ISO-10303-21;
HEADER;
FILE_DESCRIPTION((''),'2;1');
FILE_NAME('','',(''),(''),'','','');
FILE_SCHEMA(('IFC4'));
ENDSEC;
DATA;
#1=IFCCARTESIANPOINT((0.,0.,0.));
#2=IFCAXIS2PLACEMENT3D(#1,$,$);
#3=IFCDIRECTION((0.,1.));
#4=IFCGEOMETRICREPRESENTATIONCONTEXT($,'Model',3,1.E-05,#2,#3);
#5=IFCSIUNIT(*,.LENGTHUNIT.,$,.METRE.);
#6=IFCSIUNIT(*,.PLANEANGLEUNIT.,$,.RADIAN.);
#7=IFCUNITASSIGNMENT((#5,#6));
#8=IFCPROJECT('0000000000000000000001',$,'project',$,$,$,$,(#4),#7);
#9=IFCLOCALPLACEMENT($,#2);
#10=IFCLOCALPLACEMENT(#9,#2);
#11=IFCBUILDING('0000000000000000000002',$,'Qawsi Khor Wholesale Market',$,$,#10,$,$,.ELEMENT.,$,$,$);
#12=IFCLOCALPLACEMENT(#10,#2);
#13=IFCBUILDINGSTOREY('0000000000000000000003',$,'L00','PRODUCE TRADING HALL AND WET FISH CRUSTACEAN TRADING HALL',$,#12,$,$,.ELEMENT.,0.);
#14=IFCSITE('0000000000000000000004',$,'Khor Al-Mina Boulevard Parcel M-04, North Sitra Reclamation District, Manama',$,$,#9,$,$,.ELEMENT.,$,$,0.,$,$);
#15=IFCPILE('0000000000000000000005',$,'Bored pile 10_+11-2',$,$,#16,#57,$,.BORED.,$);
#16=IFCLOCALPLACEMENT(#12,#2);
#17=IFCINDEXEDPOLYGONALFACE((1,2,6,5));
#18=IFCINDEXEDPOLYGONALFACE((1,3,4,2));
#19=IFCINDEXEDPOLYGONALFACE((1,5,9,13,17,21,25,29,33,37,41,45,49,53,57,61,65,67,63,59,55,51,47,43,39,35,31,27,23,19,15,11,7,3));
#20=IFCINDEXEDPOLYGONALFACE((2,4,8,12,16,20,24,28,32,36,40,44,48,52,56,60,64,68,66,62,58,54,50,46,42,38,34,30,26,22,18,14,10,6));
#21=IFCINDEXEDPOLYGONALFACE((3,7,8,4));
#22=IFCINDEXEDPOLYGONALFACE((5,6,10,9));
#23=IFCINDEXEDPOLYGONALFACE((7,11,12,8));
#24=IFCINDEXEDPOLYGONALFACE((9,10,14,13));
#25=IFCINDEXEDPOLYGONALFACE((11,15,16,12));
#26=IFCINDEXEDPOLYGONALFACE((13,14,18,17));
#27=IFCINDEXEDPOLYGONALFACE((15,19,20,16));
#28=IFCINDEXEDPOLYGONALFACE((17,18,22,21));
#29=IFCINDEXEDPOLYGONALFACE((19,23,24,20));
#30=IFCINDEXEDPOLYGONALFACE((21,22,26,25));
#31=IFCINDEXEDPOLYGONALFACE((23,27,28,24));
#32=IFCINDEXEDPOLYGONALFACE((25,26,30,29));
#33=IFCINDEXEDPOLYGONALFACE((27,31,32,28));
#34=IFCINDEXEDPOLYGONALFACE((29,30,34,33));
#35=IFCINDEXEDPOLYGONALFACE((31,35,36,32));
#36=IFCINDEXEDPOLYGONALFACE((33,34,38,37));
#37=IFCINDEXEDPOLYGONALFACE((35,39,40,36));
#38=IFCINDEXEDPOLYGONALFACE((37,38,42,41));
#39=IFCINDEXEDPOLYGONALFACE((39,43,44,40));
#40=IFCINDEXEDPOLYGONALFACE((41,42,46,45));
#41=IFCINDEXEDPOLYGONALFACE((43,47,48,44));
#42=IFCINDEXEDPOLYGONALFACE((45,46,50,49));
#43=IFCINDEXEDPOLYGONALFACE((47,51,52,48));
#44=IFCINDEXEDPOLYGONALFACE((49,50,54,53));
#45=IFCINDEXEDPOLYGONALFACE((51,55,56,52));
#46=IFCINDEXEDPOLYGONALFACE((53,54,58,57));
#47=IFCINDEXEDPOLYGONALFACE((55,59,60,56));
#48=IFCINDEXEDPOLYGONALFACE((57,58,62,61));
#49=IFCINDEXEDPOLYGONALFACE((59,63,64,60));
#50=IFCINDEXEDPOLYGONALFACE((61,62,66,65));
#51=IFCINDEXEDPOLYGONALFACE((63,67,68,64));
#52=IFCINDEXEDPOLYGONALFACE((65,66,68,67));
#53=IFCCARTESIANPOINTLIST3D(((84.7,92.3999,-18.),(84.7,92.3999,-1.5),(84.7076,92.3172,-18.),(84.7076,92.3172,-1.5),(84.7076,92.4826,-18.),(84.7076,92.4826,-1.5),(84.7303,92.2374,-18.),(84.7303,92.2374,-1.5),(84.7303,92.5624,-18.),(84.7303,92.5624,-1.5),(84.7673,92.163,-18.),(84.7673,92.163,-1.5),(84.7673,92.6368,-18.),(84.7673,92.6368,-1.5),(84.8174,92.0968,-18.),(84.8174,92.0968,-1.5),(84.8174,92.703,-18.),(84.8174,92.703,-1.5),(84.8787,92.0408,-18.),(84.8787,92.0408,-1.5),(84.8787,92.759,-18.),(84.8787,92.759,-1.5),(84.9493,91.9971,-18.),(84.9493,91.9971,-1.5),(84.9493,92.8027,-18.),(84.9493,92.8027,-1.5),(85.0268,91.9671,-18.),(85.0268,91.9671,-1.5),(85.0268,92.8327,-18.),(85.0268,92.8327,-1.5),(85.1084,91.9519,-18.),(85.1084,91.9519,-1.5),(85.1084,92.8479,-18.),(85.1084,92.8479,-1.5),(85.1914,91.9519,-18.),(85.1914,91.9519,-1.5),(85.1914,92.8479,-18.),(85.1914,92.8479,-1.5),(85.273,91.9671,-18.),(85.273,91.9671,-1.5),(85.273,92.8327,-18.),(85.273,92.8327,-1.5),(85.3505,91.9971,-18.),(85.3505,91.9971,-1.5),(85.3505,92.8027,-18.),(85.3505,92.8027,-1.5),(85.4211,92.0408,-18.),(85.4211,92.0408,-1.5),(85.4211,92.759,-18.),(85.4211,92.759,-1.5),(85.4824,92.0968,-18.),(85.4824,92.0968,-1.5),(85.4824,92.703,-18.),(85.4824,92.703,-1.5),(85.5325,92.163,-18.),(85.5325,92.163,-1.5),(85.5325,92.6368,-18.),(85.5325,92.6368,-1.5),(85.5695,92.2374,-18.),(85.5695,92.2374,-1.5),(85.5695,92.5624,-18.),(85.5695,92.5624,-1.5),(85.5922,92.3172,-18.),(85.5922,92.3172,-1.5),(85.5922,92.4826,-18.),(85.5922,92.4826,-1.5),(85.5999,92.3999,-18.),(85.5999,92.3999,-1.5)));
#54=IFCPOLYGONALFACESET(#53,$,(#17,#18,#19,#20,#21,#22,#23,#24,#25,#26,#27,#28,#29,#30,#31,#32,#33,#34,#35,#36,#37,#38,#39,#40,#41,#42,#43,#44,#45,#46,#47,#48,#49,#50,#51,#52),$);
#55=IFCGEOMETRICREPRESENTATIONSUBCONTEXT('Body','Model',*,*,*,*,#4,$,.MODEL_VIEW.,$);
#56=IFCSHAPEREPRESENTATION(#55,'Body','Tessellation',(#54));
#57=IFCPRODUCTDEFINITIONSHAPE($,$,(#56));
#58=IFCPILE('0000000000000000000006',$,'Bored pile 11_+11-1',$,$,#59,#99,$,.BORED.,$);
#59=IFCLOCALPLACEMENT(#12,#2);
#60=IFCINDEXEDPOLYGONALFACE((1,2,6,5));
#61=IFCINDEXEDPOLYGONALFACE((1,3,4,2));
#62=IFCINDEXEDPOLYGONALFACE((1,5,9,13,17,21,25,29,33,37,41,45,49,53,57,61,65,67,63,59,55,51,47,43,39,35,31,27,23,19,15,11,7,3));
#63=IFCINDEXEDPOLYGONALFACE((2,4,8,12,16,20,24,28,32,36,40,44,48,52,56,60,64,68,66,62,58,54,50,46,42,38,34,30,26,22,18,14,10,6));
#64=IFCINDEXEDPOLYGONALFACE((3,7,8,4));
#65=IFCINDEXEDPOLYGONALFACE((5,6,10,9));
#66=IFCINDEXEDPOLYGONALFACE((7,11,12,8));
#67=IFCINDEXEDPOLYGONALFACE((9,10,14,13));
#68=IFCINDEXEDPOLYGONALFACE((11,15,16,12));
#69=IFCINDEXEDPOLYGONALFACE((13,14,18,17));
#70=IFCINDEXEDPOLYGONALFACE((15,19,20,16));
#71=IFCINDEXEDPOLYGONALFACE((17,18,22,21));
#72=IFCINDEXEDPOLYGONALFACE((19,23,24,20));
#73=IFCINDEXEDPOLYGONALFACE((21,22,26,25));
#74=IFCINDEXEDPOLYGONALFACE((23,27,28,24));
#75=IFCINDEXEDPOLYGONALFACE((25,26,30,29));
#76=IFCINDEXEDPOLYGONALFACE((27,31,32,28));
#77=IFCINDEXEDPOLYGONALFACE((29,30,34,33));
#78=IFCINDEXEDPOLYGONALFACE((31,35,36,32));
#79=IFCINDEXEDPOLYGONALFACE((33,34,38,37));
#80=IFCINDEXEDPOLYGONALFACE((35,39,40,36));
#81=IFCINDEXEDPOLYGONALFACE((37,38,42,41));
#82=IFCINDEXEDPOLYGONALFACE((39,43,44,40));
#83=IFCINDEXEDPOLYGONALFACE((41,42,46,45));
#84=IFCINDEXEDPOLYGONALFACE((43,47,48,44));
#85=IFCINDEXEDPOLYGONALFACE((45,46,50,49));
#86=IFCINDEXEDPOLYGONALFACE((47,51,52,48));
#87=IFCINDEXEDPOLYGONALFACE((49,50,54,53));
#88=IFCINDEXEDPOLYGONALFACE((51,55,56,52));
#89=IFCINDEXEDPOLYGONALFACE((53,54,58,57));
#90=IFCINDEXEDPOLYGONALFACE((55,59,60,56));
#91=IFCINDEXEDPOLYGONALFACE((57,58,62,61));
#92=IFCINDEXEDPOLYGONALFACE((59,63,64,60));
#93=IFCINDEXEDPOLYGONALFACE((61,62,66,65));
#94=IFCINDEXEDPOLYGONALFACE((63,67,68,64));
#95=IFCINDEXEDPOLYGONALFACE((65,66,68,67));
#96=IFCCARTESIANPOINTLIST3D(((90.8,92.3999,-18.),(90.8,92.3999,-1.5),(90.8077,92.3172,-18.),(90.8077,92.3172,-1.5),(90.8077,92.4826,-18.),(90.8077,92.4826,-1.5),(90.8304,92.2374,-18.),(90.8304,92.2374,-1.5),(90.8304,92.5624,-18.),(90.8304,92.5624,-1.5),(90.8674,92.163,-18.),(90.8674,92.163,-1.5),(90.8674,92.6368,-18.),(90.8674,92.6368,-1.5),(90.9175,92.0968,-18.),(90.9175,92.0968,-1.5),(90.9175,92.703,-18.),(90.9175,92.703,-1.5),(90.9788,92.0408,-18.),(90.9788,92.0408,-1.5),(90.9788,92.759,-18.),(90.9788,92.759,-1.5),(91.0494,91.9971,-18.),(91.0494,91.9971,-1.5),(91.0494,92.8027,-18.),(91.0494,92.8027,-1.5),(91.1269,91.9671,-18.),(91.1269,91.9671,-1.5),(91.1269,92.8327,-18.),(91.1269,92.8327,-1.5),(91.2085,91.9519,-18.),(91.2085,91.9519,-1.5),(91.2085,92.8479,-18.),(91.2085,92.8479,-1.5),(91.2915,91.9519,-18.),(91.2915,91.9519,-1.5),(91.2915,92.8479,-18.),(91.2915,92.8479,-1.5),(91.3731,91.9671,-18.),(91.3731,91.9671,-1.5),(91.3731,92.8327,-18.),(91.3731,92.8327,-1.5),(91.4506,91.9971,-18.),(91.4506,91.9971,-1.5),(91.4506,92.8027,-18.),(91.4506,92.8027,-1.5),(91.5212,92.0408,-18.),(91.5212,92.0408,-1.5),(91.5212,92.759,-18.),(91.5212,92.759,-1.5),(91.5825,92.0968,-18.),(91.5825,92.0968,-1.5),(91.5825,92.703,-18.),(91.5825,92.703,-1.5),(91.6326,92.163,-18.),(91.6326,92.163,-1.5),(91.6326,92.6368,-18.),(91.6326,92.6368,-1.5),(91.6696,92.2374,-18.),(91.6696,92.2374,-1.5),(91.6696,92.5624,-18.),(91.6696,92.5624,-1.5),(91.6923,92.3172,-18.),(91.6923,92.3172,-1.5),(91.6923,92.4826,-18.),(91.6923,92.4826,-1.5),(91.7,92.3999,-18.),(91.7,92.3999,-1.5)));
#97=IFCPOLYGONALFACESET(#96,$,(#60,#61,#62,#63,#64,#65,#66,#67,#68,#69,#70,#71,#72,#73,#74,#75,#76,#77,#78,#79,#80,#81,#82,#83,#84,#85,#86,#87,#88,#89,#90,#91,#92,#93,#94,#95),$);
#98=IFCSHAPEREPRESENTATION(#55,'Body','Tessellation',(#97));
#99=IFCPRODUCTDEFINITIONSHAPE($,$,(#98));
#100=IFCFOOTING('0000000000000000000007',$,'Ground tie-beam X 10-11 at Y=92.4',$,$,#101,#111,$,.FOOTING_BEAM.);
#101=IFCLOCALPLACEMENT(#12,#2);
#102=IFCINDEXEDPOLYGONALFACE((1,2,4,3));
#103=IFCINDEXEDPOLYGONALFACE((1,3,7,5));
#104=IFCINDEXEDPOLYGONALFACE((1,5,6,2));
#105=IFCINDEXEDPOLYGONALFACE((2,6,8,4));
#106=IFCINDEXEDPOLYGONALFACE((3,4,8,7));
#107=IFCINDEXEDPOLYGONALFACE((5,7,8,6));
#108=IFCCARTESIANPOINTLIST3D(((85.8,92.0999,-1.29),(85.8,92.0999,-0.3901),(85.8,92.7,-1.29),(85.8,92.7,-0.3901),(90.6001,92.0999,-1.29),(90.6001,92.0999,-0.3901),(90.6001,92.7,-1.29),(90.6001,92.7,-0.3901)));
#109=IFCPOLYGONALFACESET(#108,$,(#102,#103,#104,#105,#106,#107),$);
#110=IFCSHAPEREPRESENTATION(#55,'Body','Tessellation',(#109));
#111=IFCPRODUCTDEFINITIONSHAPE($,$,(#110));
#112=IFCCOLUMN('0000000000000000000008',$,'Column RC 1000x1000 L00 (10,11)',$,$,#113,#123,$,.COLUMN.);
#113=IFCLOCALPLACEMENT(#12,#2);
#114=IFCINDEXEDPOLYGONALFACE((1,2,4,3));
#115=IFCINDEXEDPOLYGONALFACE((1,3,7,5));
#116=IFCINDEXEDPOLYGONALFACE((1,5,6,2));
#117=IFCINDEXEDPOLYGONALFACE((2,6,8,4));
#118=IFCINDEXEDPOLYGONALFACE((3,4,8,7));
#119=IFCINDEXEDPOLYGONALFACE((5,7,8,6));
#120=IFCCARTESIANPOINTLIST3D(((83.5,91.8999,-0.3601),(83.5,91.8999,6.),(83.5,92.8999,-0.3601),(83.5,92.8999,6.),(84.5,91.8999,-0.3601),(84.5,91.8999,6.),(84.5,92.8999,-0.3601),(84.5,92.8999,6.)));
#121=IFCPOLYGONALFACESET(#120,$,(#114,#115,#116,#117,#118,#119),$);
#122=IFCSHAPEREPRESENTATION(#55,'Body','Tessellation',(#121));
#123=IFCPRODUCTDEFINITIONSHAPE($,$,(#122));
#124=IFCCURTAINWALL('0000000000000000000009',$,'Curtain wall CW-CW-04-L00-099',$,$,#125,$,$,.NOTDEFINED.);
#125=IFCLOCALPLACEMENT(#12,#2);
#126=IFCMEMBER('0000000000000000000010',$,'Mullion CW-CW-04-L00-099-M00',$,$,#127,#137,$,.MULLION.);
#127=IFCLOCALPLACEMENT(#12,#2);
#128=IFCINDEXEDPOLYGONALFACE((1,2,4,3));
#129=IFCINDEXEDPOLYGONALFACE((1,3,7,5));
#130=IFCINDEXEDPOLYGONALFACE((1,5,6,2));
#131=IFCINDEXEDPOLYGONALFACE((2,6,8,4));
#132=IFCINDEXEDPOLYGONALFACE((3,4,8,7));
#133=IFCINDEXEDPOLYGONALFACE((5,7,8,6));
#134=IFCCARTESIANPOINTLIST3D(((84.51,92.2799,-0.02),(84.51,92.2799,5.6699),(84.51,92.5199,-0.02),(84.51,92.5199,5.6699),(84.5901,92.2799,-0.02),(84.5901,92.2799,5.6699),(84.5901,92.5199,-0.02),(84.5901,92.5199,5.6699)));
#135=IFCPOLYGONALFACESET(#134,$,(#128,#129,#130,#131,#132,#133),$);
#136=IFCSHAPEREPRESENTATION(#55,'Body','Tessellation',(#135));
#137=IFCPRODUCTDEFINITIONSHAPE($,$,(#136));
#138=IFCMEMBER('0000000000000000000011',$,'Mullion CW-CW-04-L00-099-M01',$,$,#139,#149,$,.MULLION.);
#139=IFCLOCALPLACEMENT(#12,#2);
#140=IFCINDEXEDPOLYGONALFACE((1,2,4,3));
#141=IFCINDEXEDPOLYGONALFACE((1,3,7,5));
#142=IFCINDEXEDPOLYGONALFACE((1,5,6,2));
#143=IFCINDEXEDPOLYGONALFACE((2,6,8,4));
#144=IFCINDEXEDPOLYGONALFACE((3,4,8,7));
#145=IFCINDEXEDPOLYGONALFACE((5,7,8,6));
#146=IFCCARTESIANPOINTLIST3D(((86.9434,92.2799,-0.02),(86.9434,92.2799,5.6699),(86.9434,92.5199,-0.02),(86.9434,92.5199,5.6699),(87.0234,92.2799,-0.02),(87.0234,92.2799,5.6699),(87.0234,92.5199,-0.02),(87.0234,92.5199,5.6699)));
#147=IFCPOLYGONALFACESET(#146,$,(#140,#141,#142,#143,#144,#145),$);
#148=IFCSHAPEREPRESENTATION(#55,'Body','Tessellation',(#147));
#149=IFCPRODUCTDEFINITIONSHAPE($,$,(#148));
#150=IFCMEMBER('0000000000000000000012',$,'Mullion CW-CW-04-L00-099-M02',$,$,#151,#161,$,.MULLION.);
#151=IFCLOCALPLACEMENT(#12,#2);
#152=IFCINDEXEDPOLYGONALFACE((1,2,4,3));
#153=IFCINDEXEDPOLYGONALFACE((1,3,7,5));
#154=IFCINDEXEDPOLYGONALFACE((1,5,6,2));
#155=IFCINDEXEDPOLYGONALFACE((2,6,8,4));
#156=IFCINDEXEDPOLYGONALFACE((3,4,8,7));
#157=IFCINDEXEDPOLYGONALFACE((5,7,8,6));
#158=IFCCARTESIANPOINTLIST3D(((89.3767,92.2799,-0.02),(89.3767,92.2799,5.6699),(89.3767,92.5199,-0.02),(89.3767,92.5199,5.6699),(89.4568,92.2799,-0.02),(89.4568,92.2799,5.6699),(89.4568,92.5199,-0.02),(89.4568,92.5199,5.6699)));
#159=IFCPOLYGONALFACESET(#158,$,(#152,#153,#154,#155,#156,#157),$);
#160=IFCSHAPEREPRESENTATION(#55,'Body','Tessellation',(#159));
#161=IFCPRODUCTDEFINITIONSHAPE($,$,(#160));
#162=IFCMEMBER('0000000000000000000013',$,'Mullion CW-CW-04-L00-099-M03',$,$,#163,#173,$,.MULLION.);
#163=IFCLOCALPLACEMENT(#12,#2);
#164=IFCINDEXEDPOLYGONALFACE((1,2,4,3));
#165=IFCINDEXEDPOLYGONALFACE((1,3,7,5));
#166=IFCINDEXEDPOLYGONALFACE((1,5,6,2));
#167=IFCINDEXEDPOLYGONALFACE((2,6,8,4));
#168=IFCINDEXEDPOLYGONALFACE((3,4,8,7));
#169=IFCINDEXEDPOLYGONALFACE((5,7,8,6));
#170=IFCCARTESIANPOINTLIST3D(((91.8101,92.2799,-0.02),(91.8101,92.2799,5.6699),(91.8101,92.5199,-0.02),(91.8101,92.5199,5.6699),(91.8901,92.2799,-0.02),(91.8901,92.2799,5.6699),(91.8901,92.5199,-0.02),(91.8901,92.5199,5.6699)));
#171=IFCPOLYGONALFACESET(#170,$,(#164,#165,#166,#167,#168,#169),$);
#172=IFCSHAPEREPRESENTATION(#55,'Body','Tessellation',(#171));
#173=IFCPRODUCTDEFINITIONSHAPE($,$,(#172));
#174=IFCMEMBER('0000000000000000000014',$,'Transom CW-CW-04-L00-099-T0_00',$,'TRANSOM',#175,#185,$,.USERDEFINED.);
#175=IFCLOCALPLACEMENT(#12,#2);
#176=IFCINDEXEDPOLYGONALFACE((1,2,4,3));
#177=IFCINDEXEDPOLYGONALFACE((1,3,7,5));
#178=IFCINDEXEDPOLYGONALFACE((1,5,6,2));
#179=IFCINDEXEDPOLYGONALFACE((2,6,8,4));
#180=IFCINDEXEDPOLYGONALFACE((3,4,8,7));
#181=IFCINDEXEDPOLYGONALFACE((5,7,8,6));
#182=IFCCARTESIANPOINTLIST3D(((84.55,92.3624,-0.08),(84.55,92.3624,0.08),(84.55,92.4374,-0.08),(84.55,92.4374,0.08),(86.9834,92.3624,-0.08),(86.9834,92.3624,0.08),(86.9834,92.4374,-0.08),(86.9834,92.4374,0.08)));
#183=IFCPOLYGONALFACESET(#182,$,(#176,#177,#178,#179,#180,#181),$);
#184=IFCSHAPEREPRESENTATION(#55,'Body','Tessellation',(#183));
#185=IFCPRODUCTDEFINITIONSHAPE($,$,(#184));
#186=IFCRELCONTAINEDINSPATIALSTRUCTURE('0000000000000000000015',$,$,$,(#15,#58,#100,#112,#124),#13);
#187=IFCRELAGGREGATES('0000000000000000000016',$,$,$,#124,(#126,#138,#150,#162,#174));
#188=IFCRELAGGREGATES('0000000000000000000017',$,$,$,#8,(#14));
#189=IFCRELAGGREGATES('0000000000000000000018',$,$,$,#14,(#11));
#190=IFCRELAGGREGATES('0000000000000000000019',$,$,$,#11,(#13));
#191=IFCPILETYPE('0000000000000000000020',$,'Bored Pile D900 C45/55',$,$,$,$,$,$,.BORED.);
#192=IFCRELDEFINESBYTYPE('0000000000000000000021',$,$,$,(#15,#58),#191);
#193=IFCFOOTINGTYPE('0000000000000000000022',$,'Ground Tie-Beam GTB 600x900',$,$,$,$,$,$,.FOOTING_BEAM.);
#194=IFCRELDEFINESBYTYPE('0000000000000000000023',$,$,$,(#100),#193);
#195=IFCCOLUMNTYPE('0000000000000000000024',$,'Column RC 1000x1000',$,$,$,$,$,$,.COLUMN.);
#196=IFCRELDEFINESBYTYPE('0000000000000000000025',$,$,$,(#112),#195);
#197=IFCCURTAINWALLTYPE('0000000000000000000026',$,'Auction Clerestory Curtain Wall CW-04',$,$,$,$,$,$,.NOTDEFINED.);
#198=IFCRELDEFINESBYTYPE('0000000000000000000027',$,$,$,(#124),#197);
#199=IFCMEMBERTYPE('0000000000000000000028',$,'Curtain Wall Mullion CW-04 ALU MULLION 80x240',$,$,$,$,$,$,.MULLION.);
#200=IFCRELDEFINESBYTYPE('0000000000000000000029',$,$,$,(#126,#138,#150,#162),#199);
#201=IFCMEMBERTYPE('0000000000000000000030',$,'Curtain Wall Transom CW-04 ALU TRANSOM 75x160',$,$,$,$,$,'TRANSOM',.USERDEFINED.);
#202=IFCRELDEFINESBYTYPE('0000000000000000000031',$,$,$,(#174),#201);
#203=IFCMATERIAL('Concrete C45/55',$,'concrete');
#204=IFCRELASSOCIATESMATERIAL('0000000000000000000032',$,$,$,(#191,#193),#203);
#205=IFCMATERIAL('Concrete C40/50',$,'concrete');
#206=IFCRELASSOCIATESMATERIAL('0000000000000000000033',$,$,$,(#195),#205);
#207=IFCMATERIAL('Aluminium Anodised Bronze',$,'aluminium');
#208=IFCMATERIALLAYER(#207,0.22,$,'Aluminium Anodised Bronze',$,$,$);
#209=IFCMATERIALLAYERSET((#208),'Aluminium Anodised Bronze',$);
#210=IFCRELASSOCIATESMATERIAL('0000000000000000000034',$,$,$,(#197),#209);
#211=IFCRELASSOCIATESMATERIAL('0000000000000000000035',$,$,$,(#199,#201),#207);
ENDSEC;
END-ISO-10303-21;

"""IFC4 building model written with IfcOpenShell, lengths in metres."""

from ifc_helpers import new_model, si_unit, direction, frame, origin, origin_2d, place, context, subcontext, project, spatial, rectangle, circle, extrude, material, layer, layer_set, material_profile, profile_set, type_object, element, aggregate, save


model = new_model("IFC4")

# Units and contexts
model_context = context("Model", 3, precision=1e-05, world=origin(), true_north=direction((0.0, 1.0)))
body_context = subcontext(model_context, "Body", "Model", "MODEL_VIEW")
ifc_project = project(units=[si_unit("LENGTHUNIT", "METRE"), si_unit("PLANEANGLEUNIT", "RADIAN")], contexts=[model_context])

# Site, building, storey
site_placement = place(None, origin())
site = spatial("IfcSite", under=ifc_project, at=site_placement, Name="Khor Al-Mina Boulevard Parcel M-04, North Sitra Reclamation District, Manama", CompositionType="ELEMENT", RefElevation=0.0)
building_placement = place(site_placement, origin())
building = spatial("IfcBuilding", under=site, at=building_placement, Name="Qawsi Khor Wholesale Market", CompositionType="ELEMENT")
storey_placement = place(building_placement, origin())
storey = spatial("IfcBuildingStorey", under=building, at=storey_placement, Name="L00", Description="PRODUCE TRADING HALL AND WET FISH CRUSTACEAN TRADING HALL", CompositionType="ELEMENT", Elevation=0.0)

# Piles
ifc_material_1 = material(Name="Concrete C45/55", Category="concrete")
ifc_material_profile_1 = material_profile(ifc_material_1, circle(Radius=0.45, at=origin_2d()), Name="PILE D900")
ifc_profile_set_1 = profile_set([ifc_material_profile_1], Name="Concrete C45/55")
pile_type = type_object("IfcPileType", Name="Bored Pile D900 C45/55", PredefinedType="BORED", material=ifc_profile_set_1)
for number, where, z_axis, x_axis, name in (
    (1, (85.1499, 92.3999, -1.5), (0.0, 0.0, -1.0), (1.0, 0.0, 0.0), "Bored pile 10_+11-2"),
    (2, (91.25, 92.3999, -1.5), (0.0, 0.0, -1.0), (1.0, 0.0, 0.0), "Bored pile 11_+11-1"),
):
    element("IfcPile", number, at=place(storey_placement, frame(where, z_axis=z_axis, x_axis=x_axis)), inside=storey, type_object=pile_type, Name=name, PredefinedType="BORED", context=body_context, shape_type="SweptSolid", body=[
        extrude(circle(Radius=0.45, at=origin_2d()), origin(), (0.0, 0.0, 1.0), 16.5),
    ])

# Footing
ifc_material_profile_2 = material_profile(ifc_material_1, rectangle(XDim=0.6001, YDim=0.8999, at=origin_2d()), Name="RC 600x900")
ifc_profile_set_2 = profile_set([ifc_material_profile_2], Name="Concrete C45/55")
footing_type = type_object("IfcFootingType", Name="Ground Tie-Beam GTB 600x900", PredefinedType="FOOTING_BEAM", material=ifc_profile_set_2)
footing_placement = place(storey_placement, frame((85.8, 92.3999, -0.8401), z_axis=(1.0, 0.0, 0.0), x_axis=(0.0, 1.0, 0.0)))
element("IfcFooting", 3, at=footing_placement, inside=storey, type_object=footing_type, Name="Ground tie-beam X 10-11 at Y=92.4", PredefinedType="FOOTING_BEAM", context=body_context, shape_type="SweptSolid", body=[
    extrude(rectangle(XDim=0.6001, YDim=0.8999, at=origin_2d()), origin(), (0.0, 0.0, 1.0), 4.8),
])

# Column
ifc_material_2 = material(Name="Concrete C40/50", Category="concrete")
ifc_material_profile_3 = material_profile(ifc_material_2, rectangle(XDim=1.0, YDim=1.0, at=origin_2d()), Name="RC 1000x1000")
ifc_profile_set_3 = profile_set([ifc_material_profile_3], Name="Concrete C40/50")
column_type = type_object("IfcColumnType", Name="Column RC 1000x1000", PredefinedType="COLUMN", material=ifc_profile_set_3)
column_placement = place(storey_placement, frame((84.0, 92.3999, -0.3601), z_axis=(0.0, 0.0, 1.0), x_axis=(1.0, 0.0, 0.0)))
element("IfcColumn", 4, at=column_placement, inside=storey, type_object=column_type, Name="Column RC 1000x1000 L00 (10,11)", PredefinedType="COLUMN", context=body_context, shape_type="SweptSolid", body=[
    extrude(rectangle(XDim=1.0, YDim=1.0, at=origin_2d()), origin(), (0.0, 0.0, 1.0), 6.3601),
])

# Curtain wall, members
ifc_material_3 = material(Name="Aluminium Anodised Bronze", Category="aluminium")
ifc_layer_1 = layer(ifc_material_3, 0.22, Name="Aluminium Anodised Bronze")
ifc_layer_set_1 = layer_set([ifc_layer_1], Name="Aluminium Anodised Bronze")
curtain_wall_type = type_object("IfcCurtainWallType", Name="Auction Clerestory Curtain Wall CW-04", PredefinedType="NOTDEFINED", material=ifc_layer_set_1)
curtain_wall_placement = place(storey_placement, origin())
curtain_wall = element("IfcCurtainWall", 5, at=curtain_wall_placement, inside=storey, type_object=curtain_wall_type, Name="Curtain wall CW-CW-04-L00-099", PredefinedType="NOTDEFINED")
ifc_material_profile_4 = material_profile(ifc_material_3, rectangle(XDim=0.0801, YDim=0.24, at=origin_2d()), Name="ALU MULLION 80x240")
ifc_profile_set_4 = profile_set([ifc_material_profile_4], Name="Aluminium Anodised Bronze")
member_type_1 = type_object("IfcMemberType", Name="Curtain Wall Mullion CW-04 ALU MULLION 80x240", PredefinedType="MULLION", material=ifc_profile_set_4)
member_1_placement = place(storey_placement, frame((84.55, 92.3999, -0.02), z_axis=(0.0, 0.0, 1.0), x_axis=(1.0, 0.0, 0.0)))
member_1 = element("IfcMember", 6, at=member_1_placement, type_object=member_type_1, Name="Mullion CW-CW-04-L00-099-M00", PredefinedType="MULLION", context=body_context, shape_type="SweptSolid", body=[
    extrude(rectangle(XDim=0.0801, YDim=0.24, at=origin_2d()), origin(), (0.0, 0.0, 1.0), 5.6899),
])
member_2_placement = place(storey_placement, frame((86.9834, 92.3999, -0.02), z_axis=(0.0, 0.0, 1.0), x_axis=(1.0, 0.0, 0.0)))
member_2 = element("IfcMember", 7, at=member_2_placement, type_object=member_type_1, Name="Mullion CW-CW-04-L00-099-M01", PredefinedType="MULLION", context=body_context, shape_type="SweptSolid", body=[
    extrude(rectangle(XDim=0.0801, YDim=0.24, at=origin_2d()), origin(), (0.0, 0.0, 1.0), 5.6899),
])
member_3_placement = place(storey_placement, frame((89.4167, 92.3999, -0.02), z_axis=(0.0, 0.0, 1.0), x_axis=(1.0, 0.0, 0.0)))
member_3 = element("IfcMember", 8, at=member_3_placement, type_object=member_type_1, Name="Mullion CW-CW-04-L00-099-M02", PredefinedType="MULLION", context=body_context, shape_type="SweptSolid", body=[
    extrude(rectangle(XDim=0.0801, YDim=0.24, at=origin_2d()), origin(), (0.0, 0.0, 1.0), 5.6899),
])
member_4_placement = place(storey_placement, frame((91.8501, 92.3999, -0.02), z_axis=(0.0, 0.0, 1.0), x_axis=(1.0, 0.0, 0.0)))
member_4 = element("IfcMember", 9, at=member_4_placement, type_object=member_type_1, Name="Mullion CW-CW-04-L00-099-M03", PredefinedType="MULLION", context=body_context, shape_type="SweptSolid", body=[
    extrude(rectangle(XDim=0.0801, YDim=0.24, at=origin_2d()), origin(), (0.0, 0.0, 1.0), 5.6899),
])
ifc_material_profile_5 = material_profile(ifc_material_3, rectangle(XDim=0.075, YDim=0.1599, at=origin_2d()), Name="ALU TRANSOM 75x160")
ifc_profile_set_5 = profile_set([ifc_material_profile_5], Name="Aluminium Anodised Bronze")
member_type_2 = type_object("IfcMemberType", Name="Curtain Wall Transom CW-04 ALU TRANSOM 75x160", ElementType="TRANSOM", PredefinedType="USERDEFINED", material=ifc_profile_set_5)
member_5_placement = place(storey_placement, frame((84.55, 92.3999, 0.0), z_axis=(1.0, 0.0, 0.0), x_axis=(0.0, 1.0, 0.0)))
member_5 = element("IfcMember", 10, at=member_5_placement, type_object=member_type_2, Name="Transom CW-CW-04-L00-099-T0_00", ObjectType="TRANSOM", PredefinedType="USERDEFINED", context=body_context, shape_type="SweptSolid", body=[
    extrude(rectangle(XDim=0.075, YDim=0.1599, at=origin_2d()), origin(), (0.0, 0.0, 1.0), 2.4333),
])
aggregate(curtain_wall, [member_1, member_2, member_3, member_4, member_5])

save(model, "model.ifc")
